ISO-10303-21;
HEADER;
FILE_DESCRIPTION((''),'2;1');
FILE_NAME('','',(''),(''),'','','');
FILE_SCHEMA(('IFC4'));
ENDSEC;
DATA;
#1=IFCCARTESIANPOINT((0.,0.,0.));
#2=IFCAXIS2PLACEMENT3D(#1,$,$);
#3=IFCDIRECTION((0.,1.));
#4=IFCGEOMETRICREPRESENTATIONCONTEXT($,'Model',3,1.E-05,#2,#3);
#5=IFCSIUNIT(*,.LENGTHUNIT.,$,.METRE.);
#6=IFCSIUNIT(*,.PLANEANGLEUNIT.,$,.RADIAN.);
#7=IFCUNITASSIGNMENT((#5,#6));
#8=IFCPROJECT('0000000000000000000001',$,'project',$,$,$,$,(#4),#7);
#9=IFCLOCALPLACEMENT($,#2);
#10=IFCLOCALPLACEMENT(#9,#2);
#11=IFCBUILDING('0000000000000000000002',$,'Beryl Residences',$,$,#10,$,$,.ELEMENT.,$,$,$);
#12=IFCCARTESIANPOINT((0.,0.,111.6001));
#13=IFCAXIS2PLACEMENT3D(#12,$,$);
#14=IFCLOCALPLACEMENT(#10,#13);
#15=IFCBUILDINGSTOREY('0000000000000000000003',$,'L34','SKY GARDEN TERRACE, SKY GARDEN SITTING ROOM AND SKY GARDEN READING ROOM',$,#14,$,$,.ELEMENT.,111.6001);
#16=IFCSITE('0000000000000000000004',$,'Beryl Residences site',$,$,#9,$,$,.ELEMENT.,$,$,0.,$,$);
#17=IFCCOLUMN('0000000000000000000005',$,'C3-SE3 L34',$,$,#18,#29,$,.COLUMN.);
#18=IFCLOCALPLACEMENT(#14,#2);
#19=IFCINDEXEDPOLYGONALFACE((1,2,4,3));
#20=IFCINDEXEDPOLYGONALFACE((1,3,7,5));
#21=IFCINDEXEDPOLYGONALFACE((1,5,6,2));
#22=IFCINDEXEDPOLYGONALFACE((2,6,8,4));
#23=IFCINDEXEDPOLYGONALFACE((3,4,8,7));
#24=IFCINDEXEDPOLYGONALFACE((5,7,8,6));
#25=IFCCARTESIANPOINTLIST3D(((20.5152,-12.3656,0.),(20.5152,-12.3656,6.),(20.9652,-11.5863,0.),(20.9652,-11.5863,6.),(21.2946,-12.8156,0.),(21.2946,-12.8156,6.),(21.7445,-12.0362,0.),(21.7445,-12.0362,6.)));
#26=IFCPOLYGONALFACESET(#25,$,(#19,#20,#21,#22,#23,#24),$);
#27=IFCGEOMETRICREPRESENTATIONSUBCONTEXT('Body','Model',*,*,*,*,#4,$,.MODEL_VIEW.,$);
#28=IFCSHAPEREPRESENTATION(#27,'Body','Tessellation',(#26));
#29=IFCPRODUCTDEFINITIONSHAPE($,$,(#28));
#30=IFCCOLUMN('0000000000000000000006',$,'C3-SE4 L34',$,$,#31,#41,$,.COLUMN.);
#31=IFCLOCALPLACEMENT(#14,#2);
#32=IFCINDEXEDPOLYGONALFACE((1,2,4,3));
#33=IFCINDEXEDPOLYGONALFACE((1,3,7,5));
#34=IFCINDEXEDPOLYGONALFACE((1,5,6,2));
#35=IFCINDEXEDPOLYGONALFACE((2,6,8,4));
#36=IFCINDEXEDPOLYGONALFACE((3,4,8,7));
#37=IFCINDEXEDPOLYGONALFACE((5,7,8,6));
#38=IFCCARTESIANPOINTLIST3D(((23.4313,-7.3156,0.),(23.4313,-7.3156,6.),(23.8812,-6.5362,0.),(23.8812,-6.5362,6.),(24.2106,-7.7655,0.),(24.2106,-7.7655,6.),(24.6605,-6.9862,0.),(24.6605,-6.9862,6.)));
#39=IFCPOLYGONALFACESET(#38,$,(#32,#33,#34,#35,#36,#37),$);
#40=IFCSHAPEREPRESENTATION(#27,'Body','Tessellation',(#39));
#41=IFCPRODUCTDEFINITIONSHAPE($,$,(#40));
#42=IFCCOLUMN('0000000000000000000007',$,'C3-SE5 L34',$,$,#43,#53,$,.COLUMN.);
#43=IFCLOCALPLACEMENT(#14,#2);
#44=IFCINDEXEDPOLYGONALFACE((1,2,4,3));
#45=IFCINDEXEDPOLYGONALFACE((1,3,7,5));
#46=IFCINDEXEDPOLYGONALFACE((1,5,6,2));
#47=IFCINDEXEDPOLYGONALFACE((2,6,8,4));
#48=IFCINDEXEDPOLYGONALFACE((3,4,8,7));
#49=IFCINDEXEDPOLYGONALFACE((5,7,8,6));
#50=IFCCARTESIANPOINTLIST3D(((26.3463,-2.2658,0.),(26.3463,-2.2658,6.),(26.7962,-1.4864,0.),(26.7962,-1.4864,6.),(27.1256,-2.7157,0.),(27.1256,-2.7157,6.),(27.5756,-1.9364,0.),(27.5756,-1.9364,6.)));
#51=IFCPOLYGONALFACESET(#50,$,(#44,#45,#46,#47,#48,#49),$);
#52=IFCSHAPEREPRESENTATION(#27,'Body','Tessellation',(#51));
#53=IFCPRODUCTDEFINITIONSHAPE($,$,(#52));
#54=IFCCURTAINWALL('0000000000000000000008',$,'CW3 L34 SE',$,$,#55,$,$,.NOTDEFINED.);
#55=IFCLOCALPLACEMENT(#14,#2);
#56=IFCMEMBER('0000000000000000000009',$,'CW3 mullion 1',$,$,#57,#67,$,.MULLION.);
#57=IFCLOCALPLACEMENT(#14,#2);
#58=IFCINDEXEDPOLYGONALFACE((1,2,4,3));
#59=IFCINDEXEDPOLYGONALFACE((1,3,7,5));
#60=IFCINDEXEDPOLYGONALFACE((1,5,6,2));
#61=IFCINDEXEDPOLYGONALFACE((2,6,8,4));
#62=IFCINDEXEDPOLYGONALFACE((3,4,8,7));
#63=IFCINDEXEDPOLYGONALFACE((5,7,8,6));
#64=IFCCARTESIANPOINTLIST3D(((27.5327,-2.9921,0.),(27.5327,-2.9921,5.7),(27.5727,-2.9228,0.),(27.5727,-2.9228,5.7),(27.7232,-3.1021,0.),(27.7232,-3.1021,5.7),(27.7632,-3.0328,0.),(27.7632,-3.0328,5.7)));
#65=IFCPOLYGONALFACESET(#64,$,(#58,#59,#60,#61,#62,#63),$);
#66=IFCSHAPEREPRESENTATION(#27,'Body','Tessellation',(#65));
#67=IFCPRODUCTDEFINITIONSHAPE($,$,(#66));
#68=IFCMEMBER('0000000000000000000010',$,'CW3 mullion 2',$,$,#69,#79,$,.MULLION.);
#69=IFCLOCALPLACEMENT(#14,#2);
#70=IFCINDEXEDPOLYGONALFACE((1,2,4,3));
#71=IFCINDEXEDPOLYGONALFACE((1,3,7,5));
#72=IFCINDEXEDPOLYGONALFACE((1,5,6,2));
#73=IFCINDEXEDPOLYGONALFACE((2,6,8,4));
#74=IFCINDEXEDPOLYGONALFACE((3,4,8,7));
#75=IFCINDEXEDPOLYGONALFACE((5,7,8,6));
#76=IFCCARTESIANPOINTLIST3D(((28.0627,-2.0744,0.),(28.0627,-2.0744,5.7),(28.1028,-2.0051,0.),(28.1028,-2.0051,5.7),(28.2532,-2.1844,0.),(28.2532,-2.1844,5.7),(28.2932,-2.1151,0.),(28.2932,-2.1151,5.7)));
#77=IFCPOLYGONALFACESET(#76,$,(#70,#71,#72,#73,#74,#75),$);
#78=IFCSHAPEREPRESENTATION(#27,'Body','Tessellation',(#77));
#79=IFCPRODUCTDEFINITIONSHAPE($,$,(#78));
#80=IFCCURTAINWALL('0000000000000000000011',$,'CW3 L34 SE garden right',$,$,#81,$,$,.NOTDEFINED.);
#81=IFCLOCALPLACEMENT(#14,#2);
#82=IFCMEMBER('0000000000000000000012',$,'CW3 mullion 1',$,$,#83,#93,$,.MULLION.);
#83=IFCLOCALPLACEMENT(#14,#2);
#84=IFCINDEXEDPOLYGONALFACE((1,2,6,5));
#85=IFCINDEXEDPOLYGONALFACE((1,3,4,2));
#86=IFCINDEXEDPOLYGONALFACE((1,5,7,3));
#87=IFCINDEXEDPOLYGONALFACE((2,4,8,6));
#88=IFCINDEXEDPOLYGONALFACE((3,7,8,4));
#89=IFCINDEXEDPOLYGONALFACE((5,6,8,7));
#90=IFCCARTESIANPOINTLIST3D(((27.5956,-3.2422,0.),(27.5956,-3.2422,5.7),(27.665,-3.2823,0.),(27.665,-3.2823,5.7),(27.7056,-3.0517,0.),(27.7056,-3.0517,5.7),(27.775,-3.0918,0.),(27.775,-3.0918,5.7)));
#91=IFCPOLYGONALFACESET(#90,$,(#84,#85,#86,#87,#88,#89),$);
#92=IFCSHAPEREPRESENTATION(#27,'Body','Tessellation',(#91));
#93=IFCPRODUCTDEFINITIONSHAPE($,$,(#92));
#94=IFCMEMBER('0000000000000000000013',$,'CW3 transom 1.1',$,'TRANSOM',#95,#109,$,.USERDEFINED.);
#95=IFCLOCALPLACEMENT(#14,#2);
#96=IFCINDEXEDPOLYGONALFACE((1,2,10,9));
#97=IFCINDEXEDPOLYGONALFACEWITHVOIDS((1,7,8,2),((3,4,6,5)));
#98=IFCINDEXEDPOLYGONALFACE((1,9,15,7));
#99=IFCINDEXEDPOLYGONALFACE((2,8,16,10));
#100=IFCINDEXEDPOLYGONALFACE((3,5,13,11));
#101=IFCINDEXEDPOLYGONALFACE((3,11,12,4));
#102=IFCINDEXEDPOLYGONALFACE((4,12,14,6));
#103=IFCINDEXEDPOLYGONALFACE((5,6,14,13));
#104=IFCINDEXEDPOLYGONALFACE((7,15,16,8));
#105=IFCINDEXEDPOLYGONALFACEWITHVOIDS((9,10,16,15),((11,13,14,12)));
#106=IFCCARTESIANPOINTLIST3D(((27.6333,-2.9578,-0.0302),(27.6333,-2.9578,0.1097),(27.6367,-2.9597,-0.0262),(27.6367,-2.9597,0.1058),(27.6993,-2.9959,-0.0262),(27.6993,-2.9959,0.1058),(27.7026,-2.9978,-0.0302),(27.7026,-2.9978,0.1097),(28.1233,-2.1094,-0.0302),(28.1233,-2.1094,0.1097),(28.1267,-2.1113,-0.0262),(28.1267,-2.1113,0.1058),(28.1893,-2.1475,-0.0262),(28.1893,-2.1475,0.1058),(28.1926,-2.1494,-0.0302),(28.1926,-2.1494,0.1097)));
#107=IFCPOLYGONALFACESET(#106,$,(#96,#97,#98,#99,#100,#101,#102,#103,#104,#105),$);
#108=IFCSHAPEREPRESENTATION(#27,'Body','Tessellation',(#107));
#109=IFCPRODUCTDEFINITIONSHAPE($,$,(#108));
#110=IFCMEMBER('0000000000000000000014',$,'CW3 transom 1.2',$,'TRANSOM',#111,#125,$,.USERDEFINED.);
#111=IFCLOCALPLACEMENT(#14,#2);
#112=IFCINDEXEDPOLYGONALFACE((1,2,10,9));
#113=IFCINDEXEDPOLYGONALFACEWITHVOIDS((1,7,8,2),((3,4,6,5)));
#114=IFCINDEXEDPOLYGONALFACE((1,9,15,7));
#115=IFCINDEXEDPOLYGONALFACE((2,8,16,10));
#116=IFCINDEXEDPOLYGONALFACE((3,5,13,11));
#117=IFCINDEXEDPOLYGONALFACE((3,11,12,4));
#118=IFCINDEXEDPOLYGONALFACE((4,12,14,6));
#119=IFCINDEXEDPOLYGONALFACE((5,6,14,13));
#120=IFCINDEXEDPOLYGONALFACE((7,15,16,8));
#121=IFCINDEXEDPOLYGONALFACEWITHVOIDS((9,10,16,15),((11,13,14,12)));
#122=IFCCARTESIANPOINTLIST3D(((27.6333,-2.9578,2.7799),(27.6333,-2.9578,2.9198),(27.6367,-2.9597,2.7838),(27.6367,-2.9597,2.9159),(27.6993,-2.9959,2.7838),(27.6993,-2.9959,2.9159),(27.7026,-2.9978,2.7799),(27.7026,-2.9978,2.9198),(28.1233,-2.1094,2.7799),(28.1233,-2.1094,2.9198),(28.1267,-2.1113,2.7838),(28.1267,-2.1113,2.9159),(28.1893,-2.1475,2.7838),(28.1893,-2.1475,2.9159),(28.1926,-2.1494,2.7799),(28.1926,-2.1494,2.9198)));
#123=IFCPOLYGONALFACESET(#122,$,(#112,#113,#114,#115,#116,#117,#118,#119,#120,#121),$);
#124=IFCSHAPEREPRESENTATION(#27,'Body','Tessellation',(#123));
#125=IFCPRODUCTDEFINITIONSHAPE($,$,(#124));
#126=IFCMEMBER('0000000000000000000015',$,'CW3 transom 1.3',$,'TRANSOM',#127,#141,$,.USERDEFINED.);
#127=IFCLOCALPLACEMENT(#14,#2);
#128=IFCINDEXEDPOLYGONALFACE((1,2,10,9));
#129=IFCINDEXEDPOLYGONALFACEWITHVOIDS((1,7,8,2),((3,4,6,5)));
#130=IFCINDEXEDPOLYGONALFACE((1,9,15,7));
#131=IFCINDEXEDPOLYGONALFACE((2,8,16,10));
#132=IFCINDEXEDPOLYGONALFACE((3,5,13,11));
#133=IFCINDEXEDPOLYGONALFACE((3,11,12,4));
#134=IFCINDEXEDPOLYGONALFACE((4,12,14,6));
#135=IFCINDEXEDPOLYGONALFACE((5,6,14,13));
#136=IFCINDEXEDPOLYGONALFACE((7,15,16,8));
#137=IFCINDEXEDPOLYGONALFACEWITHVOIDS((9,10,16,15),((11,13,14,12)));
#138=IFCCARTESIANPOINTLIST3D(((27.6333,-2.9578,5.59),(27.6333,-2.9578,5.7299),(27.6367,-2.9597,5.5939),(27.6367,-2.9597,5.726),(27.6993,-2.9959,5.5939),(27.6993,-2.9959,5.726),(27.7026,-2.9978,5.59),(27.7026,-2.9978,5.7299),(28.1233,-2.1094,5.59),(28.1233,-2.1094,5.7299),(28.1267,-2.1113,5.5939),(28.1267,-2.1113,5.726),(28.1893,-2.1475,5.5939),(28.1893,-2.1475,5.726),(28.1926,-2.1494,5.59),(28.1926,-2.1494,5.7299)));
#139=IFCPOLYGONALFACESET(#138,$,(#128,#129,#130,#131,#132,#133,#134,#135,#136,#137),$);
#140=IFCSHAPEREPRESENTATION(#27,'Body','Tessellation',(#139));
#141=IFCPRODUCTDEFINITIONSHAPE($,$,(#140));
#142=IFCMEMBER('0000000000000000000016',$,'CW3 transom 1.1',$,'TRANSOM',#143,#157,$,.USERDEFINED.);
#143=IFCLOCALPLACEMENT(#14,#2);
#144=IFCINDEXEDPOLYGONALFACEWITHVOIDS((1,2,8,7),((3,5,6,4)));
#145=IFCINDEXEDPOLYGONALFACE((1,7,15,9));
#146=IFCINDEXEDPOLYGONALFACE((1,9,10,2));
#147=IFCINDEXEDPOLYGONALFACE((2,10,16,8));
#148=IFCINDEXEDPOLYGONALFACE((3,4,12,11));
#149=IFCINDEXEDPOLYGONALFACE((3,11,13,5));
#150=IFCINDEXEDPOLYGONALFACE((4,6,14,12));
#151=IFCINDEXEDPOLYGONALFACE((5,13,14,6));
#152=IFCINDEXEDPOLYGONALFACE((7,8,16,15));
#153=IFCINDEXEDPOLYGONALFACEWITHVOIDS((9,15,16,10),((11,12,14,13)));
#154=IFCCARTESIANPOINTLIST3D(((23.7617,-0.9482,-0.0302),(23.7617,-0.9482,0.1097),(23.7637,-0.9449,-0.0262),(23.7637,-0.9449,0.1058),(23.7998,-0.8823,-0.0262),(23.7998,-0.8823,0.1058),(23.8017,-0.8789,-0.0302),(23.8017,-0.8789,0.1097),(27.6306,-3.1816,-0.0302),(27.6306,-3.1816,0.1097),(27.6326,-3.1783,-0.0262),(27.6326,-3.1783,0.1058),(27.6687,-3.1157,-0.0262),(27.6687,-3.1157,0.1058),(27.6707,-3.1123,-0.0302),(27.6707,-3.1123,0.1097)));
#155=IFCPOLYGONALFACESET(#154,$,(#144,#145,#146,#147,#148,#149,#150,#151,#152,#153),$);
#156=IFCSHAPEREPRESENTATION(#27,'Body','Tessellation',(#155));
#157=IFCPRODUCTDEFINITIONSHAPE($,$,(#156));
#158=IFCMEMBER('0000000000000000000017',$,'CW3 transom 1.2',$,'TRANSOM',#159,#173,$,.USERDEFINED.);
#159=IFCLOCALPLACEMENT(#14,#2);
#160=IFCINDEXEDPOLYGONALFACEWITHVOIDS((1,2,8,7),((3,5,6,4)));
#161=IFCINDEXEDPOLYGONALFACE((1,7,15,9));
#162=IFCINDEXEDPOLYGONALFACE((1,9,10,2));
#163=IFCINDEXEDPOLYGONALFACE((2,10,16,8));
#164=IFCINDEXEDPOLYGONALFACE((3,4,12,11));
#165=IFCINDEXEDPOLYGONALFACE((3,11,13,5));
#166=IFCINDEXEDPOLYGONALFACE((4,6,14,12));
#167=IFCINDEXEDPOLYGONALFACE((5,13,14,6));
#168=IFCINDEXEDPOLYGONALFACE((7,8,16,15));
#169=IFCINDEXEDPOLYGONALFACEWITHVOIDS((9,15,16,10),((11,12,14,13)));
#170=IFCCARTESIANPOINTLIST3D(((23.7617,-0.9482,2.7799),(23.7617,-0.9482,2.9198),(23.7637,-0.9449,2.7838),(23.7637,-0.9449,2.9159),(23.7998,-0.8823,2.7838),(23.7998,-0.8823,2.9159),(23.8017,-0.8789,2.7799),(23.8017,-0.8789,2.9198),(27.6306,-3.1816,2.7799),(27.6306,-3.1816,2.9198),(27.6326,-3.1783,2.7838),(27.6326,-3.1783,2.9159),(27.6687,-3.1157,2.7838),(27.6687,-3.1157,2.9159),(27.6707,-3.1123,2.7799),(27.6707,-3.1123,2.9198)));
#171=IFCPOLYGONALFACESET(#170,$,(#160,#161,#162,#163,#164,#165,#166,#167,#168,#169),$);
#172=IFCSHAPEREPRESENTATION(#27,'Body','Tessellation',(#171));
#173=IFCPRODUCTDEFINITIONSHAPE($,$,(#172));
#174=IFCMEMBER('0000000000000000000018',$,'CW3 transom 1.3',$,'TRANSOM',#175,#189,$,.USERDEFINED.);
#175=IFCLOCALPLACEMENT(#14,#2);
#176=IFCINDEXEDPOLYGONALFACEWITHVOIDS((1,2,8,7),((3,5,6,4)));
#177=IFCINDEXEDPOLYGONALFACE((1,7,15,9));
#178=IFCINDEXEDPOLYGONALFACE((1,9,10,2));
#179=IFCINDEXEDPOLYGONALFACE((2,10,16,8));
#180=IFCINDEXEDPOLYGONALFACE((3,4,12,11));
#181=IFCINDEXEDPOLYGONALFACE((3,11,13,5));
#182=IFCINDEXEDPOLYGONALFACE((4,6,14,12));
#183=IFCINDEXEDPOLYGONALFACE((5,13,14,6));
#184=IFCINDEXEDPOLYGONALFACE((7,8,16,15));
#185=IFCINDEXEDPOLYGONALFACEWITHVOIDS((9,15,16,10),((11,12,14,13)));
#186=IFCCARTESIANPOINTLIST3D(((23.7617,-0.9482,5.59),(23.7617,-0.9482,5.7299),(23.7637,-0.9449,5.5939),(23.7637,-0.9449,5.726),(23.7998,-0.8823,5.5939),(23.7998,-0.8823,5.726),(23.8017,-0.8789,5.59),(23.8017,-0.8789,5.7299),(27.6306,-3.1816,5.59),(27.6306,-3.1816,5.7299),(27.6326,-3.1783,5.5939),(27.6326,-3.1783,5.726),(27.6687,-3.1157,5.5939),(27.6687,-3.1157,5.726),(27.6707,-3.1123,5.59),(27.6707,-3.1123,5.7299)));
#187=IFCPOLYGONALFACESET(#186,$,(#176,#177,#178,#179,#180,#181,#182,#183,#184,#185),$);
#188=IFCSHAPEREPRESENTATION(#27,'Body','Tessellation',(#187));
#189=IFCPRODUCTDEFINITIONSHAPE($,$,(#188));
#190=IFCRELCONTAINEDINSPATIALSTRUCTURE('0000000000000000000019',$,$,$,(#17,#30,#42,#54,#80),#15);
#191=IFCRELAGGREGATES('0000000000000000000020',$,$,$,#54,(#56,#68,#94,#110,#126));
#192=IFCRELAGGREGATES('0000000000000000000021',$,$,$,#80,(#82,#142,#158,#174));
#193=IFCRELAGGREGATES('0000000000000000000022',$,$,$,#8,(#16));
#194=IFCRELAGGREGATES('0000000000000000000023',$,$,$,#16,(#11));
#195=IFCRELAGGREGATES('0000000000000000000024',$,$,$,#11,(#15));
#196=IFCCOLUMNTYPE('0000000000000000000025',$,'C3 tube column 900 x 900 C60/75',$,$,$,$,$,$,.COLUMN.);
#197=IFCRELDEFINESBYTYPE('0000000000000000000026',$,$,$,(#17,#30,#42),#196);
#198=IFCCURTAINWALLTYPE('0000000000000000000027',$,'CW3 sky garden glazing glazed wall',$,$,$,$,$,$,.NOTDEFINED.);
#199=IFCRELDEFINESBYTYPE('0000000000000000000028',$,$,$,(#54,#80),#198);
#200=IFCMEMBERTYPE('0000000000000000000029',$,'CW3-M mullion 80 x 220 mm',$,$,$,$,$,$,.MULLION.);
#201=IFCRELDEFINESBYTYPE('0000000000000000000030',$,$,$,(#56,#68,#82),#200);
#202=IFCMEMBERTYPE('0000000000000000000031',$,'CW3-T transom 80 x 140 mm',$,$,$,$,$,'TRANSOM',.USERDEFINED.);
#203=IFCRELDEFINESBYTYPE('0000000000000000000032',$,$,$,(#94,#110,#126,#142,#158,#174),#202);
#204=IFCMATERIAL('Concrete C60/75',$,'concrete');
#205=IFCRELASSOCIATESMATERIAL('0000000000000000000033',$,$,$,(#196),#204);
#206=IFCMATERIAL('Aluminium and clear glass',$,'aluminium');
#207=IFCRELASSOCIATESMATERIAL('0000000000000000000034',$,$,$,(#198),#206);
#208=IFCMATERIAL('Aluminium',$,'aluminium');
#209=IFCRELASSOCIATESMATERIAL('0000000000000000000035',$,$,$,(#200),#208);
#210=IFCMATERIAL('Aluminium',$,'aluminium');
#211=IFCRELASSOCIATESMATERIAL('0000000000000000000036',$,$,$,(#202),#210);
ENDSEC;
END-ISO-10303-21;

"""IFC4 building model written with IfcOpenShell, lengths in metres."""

from ifc_helpers import new_model, si_unit, direction, frame, origin, origin_2d, place, context, subcontext, project, spatial, rectangle, hollow_rectangle, extrude, material, material_profile, profile_set, type_object, element, aggregate, save


model = new_model("IFC4")

# Units and contexts
model_context = context("Model", 3, precision=1e-05, world=origin(), true_north=direction((0.0, 1.0)))
body_context = subcontext(model_context, "Body", "Model", "MODEL_VIEW")
ifc_project = project(units=[si_unit("LENGTHUNIT", "METRE"), si_unit("PLANEANGLEUNIT", "RADIAN")], contexts=[model_context])

# Site, building, storey
site_placement = place(None, origin())
site = spatial("IfcSite", under=ifc_project, at=site_placement, Name="Beryl Residences site", CompositionType="ELEMENT", RefElevation=0.0)
building_placement = place(site_placement, origin())
building = spatial("IfcBuilding", under=site, at=building_placement, Name="Beryl Residences", CompositionType="ELEMENT")
storey_placement = place(building_placement, frame((0.0, 0.0, 111.6001)))
storey = spatial("IfcBuildingStorey", under=building, at=storey_placement, Name="L34", Description="SKY GARDEN TERRACE, SKY GARDEN SITTING ROOM AND SKY GARDEN READING ROOM", CompositionType="ELEMENT", Elevation=111.6001)

# Columns
ifc_material_1 = material(Name="Concrete C60/75", Category="concrete")
ifc_material_profile_1 = material_profile(ifc_material_1, rectangle(XDim=0.8999, YDim=0.8999, at=origin_2d()))
ifc_profile_set_1 = profile_set([ifc_material_profile_1], Name="Concrete C60/75")
column_type = type_object("IfcColumnType", Name="C3 tube column 900 x 900 C60/75", PredefinedType="COLUMN", material=ifc_profile_set_1)
for number, where, z_axis, x_axis, name in (
    (1, (21.1299, -12.2009, 0.0), (0.0, 0.0, 1.0), (0.5, 0.866025, 0.0), "C3-SE3 L34"),
    (2, (24.0459, -7.1509, 0.0), (0.0, 0.0, 1.0), (0.5, 0.866025, 0.0), "C3-SE4 L34"),
    (3, (26.9609, -2.1011, 0.0), (0.0, 0.0, 1.0), (0.5, 0.866025, 0.0), "C3-SE5 L34"),
):
    element("IfcColumn", number, at=place(storey_placement, frame(where, z_axis=z_axis, x_axis=x_axis)), inside=storey, type_object=column_type, Name=name, PredefinedType="COLUMN", context=body_context, shape_type="SweptSolid", body=[
        extrude(rectangle(XDim=0.8999, YDim=0.8999, at=origin_2d()), origin(), (0.0, 0.0, 1.0), 6.0),
    ])

# Curtain wall, members
ifc_material_2 = material(Name="Aluminium and clear glass", Category="aluminium")
curtain_wall_type = type_object("IfcCurtainWallType", Name="CW3 sky garden glazing glazed wall", PredefinedType="NOTDEFINED", material=ifc_material_2)
curtain_wall_1_placement = place(storey_placement, origin())
curtain_wall_1 = element("IfcCurtainWall", 4, at=curtain_wall_1_placement, inside=storey, type_object=curtain_wall_type, Name="CW3 L34 SE", PredefinedType="NOTDEFINED")
ifc_material_3 = material(Name="Aluminium", Category="aluminium")
ifc_material_profile_2 = material_profile(ifc_material_3, rectangle(XDim=0.0801, YDim=0.22, at=origin_2d()))
ifc_profile_set_2 = profile_set([ifc_material_profile_2], Name="Aluminium")
member_type_1 = type_object("IfcMemberType", Name="CW3-M mullion 80 x 220 mm", PredefinedType="MULLION", material=ifc_profile_set_2)
member_1_placement = place(storey_placement, frame((27.6479, -3.0125, 0.0), z_axis=(0.0, 0.0, 1.0), x_axis=(0.500102, 0.865966, 0.0)))
member_1 = element("IfcMember", 5, at=member_1_placement, type_object=member_type_1, Name="CW3 mullion 1", PredefinedType="MULLION", context=body_context, shape_type="SweptSolid", body=[
    extrude(rectangle(XDim=0.0801, YDim=0.22, at=origin_2d()), origin(), (0.0, 0.0, 1.0), 5.7),
])
member_2_placement = place(storey_placement, frame((28.178, -2.0947, 0.0), z_axis=(0.0, 0.0, 1.0), x_axis=(0.500102, 0.865966, 0.0)))
member_2 = element("IfcMember", 6, at=member_2_placement, type_object=member_type_1, Name="CW3 mullion 2", PredefinedType="MULLION", context=body_context, shape_type="SweptSolid", body=[
    extrude(rectangle(XDim=0.0801, YDim=0.22, at=origin_2d()), origin(), (0.0, 0.0, 1.0), 5.7),
])

# Curtain wall, member
curtain_wall_2_placement = place(storey_placement, origin())
curtain_wall_2 = element("IfcCurtainWall", 7, at=curtain_wall_2_placement, inside=storey, type_object=curtain_wall_type, Name="CW3 L34 SE garden right", PredefinedType="NOTDEFINED")
member_3_placement = place(storey_placement, frame((27.6853, -3.167, 0.0), z_axis=(0.0, 0.0, 1.0), x_axis=(-0.866055, 0.499949, 0.0)))
member_3 = element("IfcMember", 8, at=member_3_placement, type_object=member_type_1, Name="CW3 mullion 1", PredefinedType="MULLION", context=body_context, shape_type="SweptSolid", body=[
    extrude(rectangle(XDim=0.0801, YDim=0.22, at=origin_2d()), origin(), (0.0, 0.0, 1.0), 5.7),
])

# Members
ifc_material_4 = material(Name="Aluminium", Category="aluminium")
ifc_material_profile_3 = material_profile(ifc_material_4, hollow_rectangle(XDim=0.0801, YDim=0.1399, WallThickness=0.0039, at=origin_2d()))
ifc_profile_set_3 = profile_set([ifc_material_profile_3], Name="Aluminium")
member_type_2 = type_object("IfcMemberType", Name="CW3-T transom 80 x 140 mm", ElementType="TRANSOM", PredefinedType="USERDEFINED", material=ifc_profile_set_3)
member_4_placement = place(storey_placement, frame((27.668, -2.9778, 0.0398), z_axis=(0.500132, 0.865949, 0.0), x_axis=(-0.865949, 0.500132, 0.0)))
member_4 = element("IfcMember", 9, at=member_4_placement, type_object=member_type_2, Name="CW3 transom 1.1", ObjectType="TRANSOM", PredefinedType="USERDEFINED", context=body_context, shape_type="SweptSolid", body=[
    extrude(hollow_rectangle(XDim=0.0801, YDim=0.1399, WallThickness=0.0039, at=origin_2d()), origin(), (0.0, 0.0, 1.0), 0.9797),
])
member_5_placement = place(storey_placement, frame((27.668, -2.9778, 2.8499), z_axis=(0.500132, 0.865949, 0.0), x_axis=(-0.865949, 0.500132, 0.0)))
member_5 = element("IfcMember", 10, at=member_5_placement, type_object=member_type_2, Name="CW3 transom 1.2", ObjectType="TRANSOM", PredefinedType="USERDEFINED", context=body_context, shape_type="SweptSolid", body=[
    extrude(hollow_rectangle(XDim=0.0801, YDim=0.1399, WallThickness=0.0039, at=origin_2d()), origin(), (0.0, 0.0, 1.0), 0.9797),
])
member_6_placement = place(storey_placement, frame((27.668, -2.9778, 5.6599), z_axis=(0.500132, 0.865949, 0.0), x_axis=(-0.865949, 0.500132, 0.0)))
member_6 = element("IfcMember", 11, at=member_6_placement, type_object=member_type_2, Name="CW3 transom 1.3", ObjectType="TRANSOM", PredefinedType="USERDEFINED", context=body_context, shape_type="SweptSolid", body=[
    extrude(hollow_rectangle(XDim=0.0801, YDim=0.1399, WallThickness=0.0039, at=origin_2d()), origin(), (0.0, 0.0, 1.0), 0.9797),
])
member_7_placement = place(storey_placement, frame((27.6506, -3.147, 0.0398), z_axis=(-0.866055, 0.499948, 0.0), x_axis=(-0.499948, -0.866055, 0.0)))
member_7 = element("IfcMember", 12, at=member_7_placement, type_object=member_type_2, Name="CW3 transom 1.1", ObjectType="TRANSOM", PredefinedType="USERDEFINED", context=body_context, shape_type="SweptSolid", body=[
    extrude(hollow_rectangle(XDim=0.0801, YDim=0.1399, WallThickness=0.0039, at=origin_2d()), origin(), (0.0, 0.0, 1.0), 4.4673),
])
member_8_placement = place(storey_placement, frame((27.6506, -3.147, 2.8499), z_axis=(-0.866055, 0.499948, 0.0), x_axis=(-0.499948, -0.866055, 0.0)))
member_8 = element("IfcMember", 13, at=member_8_placement, type_object=member_type_2, Name="CW3 transom 1.2", ObjectType="TRANSOM", PredefinedType="USERDEFINED", context=body_context, shape_type="SweptSolid", body=[
    extrude(hollow_rectangle(XDim=0.0801, YDim=0.1399, WallThickness=0.0039, at=origin_2d()), origin(), (0.0, 0.0, 1.0), 4.4673),
])
member_9_placement = place(storey_placement, frame((27.6506, -3.147, 5.6599), z_axis=(-0.866055, 0.499948, 0.0), x_axis=(-0.499948, -0.866055, 0.0)))
member_9 = element("IfcMember", 14, at=member_9_placement, type_object=member_type_2, Name="CW3 transom 1.3", ObjectType="TRANSOM", PredefinedType="USERDEFINED", context=body_context, shape_type="SweptSolid", body=[
    extrude(hollow_rectangle(XDim=0.0801, YDim=0.1399, WallThickness=0.0039, at=origin_2d()), origin(), (0.0, 0.0, 1.0), 4.4673),
])

aggregate(curtain_wall_1, [member_1, member_2, member_4, member_5, member_6])

aggregate(curtain_wall_2, [member_3, member_7, member_8, member_9])

save(model, "model.ifc")
